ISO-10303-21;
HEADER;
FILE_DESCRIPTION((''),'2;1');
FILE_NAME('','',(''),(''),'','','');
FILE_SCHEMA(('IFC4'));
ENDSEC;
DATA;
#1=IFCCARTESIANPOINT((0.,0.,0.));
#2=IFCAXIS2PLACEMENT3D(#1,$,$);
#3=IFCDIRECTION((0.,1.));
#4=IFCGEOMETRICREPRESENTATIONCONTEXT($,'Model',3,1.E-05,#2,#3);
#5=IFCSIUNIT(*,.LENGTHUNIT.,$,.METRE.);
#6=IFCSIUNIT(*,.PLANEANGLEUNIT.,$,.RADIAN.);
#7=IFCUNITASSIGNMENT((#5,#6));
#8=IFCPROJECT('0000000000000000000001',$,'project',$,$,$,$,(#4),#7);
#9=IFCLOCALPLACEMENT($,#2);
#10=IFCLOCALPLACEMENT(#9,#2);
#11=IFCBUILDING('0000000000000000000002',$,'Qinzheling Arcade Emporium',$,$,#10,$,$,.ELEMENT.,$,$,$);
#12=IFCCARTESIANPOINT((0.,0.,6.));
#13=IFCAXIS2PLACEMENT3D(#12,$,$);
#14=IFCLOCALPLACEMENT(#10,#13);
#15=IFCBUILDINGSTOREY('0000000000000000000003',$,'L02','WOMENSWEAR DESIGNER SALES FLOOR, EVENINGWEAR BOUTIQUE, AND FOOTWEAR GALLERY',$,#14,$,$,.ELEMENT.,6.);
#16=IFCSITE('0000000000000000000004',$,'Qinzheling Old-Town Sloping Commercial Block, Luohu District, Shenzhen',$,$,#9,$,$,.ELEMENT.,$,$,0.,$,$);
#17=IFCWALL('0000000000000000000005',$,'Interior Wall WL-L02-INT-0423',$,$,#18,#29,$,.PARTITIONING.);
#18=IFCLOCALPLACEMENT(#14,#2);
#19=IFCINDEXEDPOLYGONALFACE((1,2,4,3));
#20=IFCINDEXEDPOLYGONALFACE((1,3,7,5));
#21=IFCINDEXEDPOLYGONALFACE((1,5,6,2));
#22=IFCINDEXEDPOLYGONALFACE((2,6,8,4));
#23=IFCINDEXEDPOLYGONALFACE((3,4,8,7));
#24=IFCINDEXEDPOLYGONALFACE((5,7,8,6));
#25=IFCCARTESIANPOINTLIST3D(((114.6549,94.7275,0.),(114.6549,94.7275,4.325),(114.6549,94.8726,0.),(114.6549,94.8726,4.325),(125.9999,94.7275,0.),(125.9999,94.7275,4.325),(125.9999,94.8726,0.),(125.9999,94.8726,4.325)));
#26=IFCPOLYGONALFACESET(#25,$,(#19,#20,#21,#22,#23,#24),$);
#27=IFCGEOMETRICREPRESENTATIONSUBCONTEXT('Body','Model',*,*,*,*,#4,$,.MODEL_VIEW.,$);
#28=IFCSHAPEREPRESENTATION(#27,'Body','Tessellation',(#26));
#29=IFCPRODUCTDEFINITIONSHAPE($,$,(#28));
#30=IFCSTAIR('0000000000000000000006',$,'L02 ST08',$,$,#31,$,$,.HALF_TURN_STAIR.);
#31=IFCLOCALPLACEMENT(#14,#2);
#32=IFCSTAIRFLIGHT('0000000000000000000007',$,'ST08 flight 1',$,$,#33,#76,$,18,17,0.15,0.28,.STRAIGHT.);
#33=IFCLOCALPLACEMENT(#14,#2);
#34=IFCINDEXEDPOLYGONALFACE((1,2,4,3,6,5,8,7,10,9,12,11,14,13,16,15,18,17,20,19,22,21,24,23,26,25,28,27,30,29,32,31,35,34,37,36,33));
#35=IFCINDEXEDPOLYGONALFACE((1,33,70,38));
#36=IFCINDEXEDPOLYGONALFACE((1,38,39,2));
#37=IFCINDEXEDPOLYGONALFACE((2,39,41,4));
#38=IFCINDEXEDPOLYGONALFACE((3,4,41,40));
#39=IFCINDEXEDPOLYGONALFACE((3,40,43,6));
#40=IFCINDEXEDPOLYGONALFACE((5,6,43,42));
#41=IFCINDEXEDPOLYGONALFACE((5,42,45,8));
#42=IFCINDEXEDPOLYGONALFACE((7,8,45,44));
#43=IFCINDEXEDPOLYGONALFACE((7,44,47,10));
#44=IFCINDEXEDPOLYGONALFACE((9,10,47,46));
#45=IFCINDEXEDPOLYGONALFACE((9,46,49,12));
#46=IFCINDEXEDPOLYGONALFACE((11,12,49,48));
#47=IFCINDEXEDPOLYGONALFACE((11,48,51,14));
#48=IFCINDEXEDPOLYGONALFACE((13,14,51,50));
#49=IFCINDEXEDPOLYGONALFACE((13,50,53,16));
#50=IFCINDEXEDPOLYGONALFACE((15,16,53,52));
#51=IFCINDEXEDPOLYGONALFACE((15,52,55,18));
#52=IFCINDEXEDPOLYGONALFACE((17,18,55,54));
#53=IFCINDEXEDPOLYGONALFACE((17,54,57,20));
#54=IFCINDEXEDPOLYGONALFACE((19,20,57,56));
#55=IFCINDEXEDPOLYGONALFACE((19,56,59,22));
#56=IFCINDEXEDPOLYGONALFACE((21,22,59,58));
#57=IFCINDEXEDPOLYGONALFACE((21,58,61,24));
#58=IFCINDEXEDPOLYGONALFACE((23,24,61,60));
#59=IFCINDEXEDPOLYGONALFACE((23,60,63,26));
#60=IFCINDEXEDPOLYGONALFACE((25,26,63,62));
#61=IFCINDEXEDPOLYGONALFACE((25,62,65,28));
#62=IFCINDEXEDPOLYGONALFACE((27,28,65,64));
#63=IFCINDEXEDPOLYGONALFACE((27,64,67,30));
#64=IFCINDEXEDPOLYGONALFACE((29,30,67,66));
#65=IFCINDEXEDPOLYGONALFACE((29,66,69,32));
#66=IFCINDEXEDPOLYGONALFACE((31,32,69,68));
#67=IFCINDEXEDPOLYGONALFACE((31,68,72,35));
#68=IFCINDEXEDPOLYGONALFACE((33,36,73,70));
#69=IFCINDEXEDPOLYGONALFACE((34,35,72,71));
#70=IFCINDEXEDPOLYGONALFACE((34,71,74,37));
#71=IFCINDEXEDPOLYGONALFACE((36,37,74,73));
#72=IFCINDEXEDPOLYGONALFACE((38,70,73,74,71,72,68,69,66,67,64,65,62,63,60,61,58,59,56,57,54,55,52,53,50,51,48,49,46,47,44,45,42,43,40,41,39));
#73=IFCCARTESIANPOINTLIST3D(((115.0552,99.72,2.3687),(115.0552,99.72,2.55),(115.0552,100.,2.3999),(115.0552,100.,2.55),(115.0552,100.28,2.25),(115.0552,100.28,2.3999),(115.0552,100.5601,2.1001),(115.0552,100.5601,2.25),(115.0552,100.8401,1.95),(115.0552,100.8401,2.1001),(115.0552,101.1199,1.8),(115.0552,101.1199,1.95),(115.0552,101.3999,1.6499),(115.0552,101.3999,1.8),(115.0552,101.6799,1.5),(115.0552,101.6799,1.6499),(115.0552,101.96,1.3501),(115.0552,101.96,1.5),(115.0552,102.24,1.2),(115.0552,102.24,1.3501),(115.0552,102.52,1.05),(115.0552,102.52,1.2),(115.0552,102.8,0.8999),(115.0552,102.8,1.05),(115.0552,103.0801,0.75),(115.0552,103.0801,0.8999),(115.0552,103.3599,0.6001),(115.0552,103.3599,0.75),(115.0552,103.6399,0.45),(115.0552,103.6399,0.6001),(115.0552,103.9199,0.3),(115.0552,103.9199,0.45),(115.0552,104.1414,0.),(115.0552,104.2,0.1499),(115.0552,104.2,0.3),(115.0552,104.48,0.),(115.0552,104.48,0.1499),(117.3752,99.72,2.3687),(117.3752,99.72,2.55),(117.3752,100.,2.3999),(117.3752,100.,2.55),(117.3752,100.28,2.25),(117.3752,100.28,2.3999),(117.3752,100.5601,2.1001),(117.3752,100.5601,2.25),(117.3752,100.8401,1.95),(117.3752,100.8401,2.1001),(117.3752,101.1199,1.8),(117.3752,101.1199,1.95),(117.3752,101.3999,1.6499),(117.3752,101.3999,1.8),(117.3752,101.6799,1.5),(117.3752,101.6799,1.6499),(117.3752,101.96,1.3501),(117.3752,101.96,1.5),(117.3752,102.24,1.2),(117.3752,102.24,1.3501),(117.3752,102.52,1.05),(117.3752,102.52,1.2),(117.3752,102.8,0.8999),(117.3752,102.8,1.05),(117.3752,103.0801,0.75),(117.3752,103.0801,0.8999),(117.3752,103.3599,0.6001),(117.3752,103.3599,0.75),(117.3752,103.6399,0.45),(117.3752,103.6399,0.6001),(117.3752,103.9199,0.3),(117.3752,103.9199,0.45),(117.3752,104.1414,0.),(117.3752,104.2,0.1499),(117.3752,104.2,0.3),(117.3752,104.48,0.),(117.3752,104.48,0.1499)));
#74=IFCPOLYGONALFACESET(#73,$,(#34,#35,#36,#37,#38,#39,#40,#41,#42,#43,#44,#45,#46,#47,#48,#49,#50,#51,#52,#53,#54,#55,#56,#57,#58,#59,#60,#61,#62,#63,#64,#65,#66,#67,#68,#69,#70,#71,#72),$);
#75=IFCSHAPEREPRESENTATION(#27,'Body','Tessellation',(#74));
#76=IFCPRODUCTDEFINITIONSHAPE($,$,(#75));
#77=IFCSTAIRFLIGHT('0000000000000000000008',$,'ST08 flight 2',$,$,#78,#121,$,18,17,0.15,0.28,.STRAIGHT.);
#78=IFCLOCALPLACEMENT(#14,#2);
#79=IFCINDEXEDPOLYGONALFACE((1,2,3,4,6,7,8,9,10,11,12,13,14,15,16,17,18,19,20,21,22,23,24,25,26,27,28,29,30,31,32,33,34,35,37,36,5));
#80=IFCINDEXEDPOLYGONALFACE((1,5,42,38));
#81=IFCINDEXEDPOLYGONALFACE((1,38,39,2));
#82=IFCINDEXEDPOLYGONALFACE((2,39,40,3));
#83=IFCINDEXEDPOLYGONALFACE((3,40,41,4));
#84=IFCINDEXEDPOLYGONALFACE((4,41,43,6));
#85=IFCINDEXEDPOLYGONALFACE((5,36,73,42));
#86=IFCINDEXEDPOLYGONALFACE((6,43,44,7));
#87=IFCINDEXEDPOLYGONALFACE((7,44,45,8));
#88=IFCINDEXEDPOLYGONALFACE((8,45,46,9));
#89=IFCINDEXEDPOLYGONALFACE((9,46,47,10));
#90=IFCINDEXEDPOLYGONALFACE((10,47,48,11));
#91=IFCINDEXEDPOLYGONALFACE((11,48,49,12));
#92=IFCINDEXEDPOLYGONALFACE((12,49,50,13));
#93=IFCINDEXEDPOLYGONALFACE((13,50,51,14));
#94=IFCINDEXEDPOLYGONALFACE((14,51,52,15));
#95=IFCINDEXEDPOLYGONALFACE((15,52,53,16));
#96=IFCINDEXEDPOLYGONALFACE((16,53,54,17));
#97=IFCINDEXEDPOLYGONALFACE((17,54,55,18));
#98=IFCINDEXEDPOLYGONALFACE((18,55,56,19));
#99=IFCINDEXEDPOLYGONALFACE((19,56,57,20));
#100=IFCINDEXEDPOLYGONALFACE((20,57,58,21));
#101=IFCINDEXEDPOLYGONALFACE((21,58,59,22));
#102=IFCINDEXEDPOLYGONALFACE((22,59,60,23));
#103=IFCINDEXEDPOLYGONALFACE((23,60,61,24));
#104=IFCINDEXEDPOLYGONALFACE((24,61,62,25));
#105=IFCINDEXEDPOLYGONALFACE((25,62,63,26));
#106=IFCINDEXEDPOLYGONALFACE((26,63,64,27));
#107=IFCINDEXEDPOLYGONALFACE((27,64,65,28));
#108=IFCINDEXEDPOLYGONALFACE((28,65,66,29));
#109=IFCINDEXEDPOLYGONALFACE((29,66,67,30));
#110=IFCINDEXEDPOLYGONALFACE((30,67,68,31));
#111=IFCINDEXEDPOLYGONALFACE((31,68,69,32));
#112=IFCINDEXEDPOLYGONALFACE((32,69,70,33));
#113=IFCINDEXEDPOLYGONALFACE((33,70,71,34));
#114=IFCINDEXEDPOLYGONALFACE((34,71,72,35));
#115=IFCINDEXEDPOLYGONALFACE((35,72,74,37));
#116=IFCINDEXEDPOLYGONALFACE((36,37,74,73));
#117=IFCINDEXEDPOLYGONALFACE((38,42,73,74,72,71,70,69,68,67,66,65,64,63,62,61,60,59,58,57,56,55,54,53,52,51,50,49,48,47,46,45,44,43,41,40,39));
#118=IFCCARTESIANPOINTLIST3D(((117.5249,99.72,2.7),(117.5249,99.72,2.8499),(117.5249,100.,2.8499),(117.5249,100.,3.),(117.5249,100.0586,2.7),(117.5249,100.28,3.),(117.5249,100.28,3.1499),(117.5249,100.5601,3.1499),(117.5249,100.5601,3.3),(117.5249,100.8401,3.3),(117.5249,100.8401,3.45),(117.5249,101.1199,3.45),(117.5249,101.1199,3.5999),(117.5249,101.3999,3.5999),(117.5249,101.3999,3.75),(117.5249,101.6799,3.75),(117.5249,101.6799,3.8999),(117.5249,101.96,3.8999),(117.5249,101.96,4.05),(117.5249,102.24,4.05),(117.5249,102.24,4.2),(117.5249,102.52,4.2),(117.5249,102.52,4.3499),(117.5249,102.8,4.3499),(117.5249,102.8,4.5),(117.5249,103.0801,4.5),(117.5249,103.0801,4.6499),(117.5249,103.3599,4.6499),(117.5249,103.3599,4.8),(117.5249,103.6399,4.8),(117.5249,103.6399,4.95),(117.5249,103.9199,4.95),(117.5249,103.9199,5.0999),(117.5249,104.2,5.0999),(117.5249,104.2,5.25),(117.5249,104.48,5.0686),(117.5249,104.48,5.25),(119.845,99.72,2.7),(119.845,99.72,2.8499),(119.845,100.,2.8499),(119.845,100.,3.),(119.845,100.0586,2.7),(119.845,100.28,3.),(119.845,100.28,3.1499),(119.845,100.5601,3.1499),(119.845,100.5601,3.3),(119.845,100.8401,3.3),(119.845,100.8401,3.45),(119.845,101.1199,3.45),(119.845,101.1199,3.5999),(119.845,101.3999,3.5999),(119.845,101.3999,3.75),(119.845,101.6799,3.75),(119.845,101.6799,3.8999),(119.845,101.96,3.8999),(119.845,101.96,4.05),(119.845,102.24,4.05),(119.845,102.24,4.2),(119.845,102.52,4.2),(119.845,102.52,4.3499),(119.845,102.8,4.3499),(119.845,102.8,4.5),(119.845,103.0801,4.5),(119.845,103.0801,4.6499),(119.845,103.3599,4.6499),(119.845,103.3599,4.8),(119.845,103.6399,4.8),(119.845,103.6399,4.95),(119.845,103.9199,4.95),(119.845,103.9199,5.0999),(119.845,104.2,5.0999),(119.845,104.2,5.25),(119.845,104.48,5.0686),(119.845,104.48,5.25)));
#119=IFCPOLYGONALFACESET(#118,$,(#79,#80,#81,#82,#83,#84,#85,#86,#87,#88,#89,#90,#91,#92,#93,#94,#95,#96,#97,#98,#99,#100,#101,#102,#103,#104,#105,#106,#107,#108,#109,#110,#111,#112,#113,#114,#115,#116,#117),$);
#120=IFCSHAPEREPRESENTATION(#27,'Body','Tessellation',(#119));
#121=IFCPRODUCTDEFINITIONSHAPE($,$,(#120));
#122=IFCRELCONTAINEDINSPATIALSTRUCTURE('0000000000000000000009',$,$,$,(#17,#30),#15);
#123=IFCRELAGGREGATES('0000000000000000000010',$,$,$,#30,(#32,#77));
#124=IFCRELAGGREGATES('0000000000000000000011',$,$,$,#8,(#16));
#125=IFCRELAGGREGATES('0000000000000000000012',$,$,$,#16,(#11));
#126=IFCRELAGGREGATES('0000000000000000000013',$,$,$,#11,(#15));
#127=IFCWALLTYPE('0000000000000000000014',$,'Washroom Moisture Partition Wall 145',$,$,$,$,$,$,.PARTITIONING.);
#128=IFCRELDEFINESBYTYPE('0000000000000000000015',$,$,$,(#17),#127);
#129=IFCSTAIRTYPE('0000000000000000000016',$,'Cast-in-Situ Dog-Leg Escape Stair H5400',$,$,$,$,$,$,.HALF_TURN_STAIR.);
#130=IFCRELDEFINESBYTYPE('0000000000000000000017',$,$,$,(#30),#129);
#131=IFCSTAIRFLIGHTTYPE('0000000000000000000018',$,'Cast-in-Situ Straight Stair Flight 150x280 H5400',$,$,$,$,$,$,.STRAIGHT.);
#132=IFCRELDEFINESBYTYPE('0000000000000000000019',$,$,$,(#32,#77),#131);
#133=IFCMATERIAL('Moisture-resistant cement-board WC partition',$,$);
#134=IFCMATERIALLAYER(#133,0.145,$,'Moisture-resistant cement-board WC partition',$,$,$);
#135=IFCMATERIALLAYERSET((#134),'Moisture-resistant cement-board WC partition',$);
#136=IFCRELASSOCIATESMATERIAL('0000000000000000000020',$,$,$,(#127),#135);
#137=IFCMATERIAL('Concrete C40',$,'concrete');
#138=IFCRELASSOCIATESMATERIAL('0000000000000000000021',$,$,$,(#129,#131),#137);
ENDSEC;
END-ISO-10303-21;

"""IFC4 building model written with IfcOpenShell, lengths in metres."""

from ifc_helpers import new_model, si_unit, direction, frame, frame_2d, origin, place, context, subcontext, project, spatial, polyline, rectangle, outline, extrude, material, layer, layer_set, type_object, element, aggregate, save


model = new_model("IFC4")

# Units and contexts
model_context = context("Model", 3, precision=1e-05, world=origin(), true_north=direction((0.0, 1.0)))
body_context = subcontext(model_context, "Body", "Model", "MODEL_VIEW")
ifc_project = project(units=[si_unit("LENGTHUNIT", "METRE"), si_unit("PLANEANGLEUNIT", "RADIAN")], contexts=[model_context])

# Site, building, storey
site_placement = place(None, origin())
site = spatial("IfcSite", under=ifc_project, at=site_placement, Name="Qinzheling Old-Town Sloping Commercial Block, Luohu District, Shenzhen", CompositionType="ELEMENT", RefElevation=0.0)
building_placement = place(site_placement, origin())
building = spatial("IfcBuilding", under=site, at=building_placement, Name="Qinzheling Arcade Emporium", CompositionType="ELEMENT")
storey_placement = place(building_placement, frame((0.0, 0.0, 6.0)))
storey = spatial("IfcBuildingStorey", under=building, at=storey_placement, Name="L02", Description="WOMENSWEAR DESIGNER SALES FLOOR, EVENINGWEAR BOUTIQUE, AND FOOTWEAR GALLERY", CompositionType="ELEMENT", Elevation=6.0)

# Shared definitions
ifc_material_1 = material(Name="Concrete C40", Category="concrete")

# Wall
ifc_material_2 = material(Name="Moisture-resistant cement-board WC partition")
ifc_layer_1 = layer(ifc_material_2, 0.145, Name="Moisture-resistant cement-board WC partition")
ifc_layer_set_1 = layer_set([ifc_layer_1], Name="Moisture-resistant cement-board WC partition")
wall_type_1 = type_object("IfcWallType", Name="Washroom Moisture Partition Wall 145", PredefinedType="PARTITIONING", material=ifc_layer_set_1)
wall_1_placement = place(storey_placement, frame((114.655, 94.8, 0.0), z_axis=(0.0, 0.0, 1.0), x_axis=(1.0, 0.0, 0.0)))
element("IfcWall", 1, at=wall_1_placement, inside=storey, type_object=wall_type_1, Name="Interior Wall WL-L02-INT-0423", PredefinedType="PARTITIONING", context=body_context, shape_type="SweptSolid", body=[
    extrude(rectangle(XDim=11.345, YDim=0.145, at=frame_2d((5.6724, 0.0))), origin(), (0.0, 0.0, 1.0), 4.325),
])

# Stair, stair flights
stair_type = type_object("IfcStairType", Name="Cast-in-Situ Dog-Leg Escape Stair H5400", PredefinedType="HALF_TURN_STAIR", material=ifc_material_1)
stair_placement = place(storey_placement, origin())
stair = element("IfcStair", 2, at=stair_placement, inside=storey, type_object=stair_type, Name="L02 ST08", PredefinedType="HALF_TURN_STAIR")
stair_flight_type = type_object("IfcStairFlightType", Name="Cast-in-Situ Straight Stair Flight 150x280 H5400", PredefinedType="STRAIGHT", material=ifc_material_1)
stair_flight_1_placement = place(storey_placement, frame((116.2151, 104.48, 0.0), z_axis=(0.0, 0.0, 1.0), x_axis=(0.0, -1.0, 0.0)))
stair_flight_1 = element("IfcStairFlight", 3, at=stair_flight_1_placement, type_object=stair_flight_type, Name="ST08 flight 1", NumberOfRisers=18, NumberOfTreads=17, PredefinedType="STRAIGHT", RiserHeight=0.15, TreadLength=0.28, context=body_context, shape_type="SweptSolid", body=[
    extrude(outline(polyline([(0.0, 0.0), (0.0, 0.1499), (0.28, 0.1499), (0.28, 0.3), (0.5601, 0.3), (0.5601, 0.45), (0.8401, 0.45), (0.8401, 0.6001), (1.1201, 0.6001), (1.1201, 0.75), (1.3999, 0.75), (1.3999, 0.8999), (1.6799, 0.8999), (1.6799, 1.05), (1.96, 1.05), (1.96, 1.2), (2.24, 1.2), (2.24, 1.3501), (2.52, 1.3501), (2.52, 1.5), (2.8, 1.5), (2.8, 1.6499), (3.0801, 1.6499), (3.0801, 1.8), (3.3601, 1.8), (3.3601, 1.95), (3.6399, 1.95), (3.6399, 2.1001), (3.9199, 2.1001), (3.9199, 2.25), (4.2, 2.25), (4.2, 2.3999), (4.48, 2.3999), (4.48, 2.55), (4.76, 2.55), (4.76, 2.7), (4.76, 2.3687), (0.3386, 0.0), (0.0, 0.0)])), frame((0.0, 1.1602, 0.0), z_axis=(0.0, -1.0, 0.0), x_axis=(1.0, 0.0, 0.0)), (0.0, 0.0, 1.0), 2.3201),
])
stair_flight_2_placement = place(storey_placement, frame((118.6851, 99.72, 2.7), z_axis=(0.0, 0.0, 1.0), x_axis=(0.0, 1.0, 0.0)))
stair_flight_2 = element("IfcStairFlight", 4, at=stair_flight_2_placement, type_object=stair_flight_type, Name="ST08 flight 2", NumberOfRisers=18, NumberOfTreads=17, PredefinedType="STRAIGHT", RiserHeight=0.15, TreadLength=0.28, context=body_context, shape_type="SweptSolid", body=[
    extrude(outline(polyline([(0.0, 0.0), (0.0, 0.1499), (0.28, 0.1499), (0.28, 0.3), (0.5601, 0.3), (0.5601, 0.45), (0.8401, 0.45), (0.8401, 0.6001), (1.1201, 0.6001), (1.1201, 0.75), (1.3999, 0.75), (1.3999, 0.8999), (1.6799, 0.8999), (1.6799, 1.05), (1.96, 1.05), (1.96, 1.2), (2.24, 1.2), (2.24, 1.3501), (2.52, 1.3501), (2.52, 1.5), (2.8, 1.5), (2.8, 1.6499), (3.0801, 1.6499), (3.0801, 1.8), (3.3601, 1.8), (3.3601, 1.95), (3.6399, 1.95), (3.6399, 2.1001), (3.9199, 2.1001), (3.9199, 2.25), (4.2, 2.25), (4.2, 2.3999), (4.48, 2.3999), (4.48, 2.55), (4.76, 2.55), (4.76, 2.7), (4.76, 2.3687), (0.3386, 0.0), (0.0, 0.0)])), frame((0.0, 1.1602, 0.0), z_axis=(0.0, -1.0, 0.0), x_axis=(1.0, 0.0, 0.0)), (0.0, 0.0, 1.0), 2.3201),
])
aggregate(stair, [stair_flight_1, stair_flight_2])

save(model, "model.ifc")
